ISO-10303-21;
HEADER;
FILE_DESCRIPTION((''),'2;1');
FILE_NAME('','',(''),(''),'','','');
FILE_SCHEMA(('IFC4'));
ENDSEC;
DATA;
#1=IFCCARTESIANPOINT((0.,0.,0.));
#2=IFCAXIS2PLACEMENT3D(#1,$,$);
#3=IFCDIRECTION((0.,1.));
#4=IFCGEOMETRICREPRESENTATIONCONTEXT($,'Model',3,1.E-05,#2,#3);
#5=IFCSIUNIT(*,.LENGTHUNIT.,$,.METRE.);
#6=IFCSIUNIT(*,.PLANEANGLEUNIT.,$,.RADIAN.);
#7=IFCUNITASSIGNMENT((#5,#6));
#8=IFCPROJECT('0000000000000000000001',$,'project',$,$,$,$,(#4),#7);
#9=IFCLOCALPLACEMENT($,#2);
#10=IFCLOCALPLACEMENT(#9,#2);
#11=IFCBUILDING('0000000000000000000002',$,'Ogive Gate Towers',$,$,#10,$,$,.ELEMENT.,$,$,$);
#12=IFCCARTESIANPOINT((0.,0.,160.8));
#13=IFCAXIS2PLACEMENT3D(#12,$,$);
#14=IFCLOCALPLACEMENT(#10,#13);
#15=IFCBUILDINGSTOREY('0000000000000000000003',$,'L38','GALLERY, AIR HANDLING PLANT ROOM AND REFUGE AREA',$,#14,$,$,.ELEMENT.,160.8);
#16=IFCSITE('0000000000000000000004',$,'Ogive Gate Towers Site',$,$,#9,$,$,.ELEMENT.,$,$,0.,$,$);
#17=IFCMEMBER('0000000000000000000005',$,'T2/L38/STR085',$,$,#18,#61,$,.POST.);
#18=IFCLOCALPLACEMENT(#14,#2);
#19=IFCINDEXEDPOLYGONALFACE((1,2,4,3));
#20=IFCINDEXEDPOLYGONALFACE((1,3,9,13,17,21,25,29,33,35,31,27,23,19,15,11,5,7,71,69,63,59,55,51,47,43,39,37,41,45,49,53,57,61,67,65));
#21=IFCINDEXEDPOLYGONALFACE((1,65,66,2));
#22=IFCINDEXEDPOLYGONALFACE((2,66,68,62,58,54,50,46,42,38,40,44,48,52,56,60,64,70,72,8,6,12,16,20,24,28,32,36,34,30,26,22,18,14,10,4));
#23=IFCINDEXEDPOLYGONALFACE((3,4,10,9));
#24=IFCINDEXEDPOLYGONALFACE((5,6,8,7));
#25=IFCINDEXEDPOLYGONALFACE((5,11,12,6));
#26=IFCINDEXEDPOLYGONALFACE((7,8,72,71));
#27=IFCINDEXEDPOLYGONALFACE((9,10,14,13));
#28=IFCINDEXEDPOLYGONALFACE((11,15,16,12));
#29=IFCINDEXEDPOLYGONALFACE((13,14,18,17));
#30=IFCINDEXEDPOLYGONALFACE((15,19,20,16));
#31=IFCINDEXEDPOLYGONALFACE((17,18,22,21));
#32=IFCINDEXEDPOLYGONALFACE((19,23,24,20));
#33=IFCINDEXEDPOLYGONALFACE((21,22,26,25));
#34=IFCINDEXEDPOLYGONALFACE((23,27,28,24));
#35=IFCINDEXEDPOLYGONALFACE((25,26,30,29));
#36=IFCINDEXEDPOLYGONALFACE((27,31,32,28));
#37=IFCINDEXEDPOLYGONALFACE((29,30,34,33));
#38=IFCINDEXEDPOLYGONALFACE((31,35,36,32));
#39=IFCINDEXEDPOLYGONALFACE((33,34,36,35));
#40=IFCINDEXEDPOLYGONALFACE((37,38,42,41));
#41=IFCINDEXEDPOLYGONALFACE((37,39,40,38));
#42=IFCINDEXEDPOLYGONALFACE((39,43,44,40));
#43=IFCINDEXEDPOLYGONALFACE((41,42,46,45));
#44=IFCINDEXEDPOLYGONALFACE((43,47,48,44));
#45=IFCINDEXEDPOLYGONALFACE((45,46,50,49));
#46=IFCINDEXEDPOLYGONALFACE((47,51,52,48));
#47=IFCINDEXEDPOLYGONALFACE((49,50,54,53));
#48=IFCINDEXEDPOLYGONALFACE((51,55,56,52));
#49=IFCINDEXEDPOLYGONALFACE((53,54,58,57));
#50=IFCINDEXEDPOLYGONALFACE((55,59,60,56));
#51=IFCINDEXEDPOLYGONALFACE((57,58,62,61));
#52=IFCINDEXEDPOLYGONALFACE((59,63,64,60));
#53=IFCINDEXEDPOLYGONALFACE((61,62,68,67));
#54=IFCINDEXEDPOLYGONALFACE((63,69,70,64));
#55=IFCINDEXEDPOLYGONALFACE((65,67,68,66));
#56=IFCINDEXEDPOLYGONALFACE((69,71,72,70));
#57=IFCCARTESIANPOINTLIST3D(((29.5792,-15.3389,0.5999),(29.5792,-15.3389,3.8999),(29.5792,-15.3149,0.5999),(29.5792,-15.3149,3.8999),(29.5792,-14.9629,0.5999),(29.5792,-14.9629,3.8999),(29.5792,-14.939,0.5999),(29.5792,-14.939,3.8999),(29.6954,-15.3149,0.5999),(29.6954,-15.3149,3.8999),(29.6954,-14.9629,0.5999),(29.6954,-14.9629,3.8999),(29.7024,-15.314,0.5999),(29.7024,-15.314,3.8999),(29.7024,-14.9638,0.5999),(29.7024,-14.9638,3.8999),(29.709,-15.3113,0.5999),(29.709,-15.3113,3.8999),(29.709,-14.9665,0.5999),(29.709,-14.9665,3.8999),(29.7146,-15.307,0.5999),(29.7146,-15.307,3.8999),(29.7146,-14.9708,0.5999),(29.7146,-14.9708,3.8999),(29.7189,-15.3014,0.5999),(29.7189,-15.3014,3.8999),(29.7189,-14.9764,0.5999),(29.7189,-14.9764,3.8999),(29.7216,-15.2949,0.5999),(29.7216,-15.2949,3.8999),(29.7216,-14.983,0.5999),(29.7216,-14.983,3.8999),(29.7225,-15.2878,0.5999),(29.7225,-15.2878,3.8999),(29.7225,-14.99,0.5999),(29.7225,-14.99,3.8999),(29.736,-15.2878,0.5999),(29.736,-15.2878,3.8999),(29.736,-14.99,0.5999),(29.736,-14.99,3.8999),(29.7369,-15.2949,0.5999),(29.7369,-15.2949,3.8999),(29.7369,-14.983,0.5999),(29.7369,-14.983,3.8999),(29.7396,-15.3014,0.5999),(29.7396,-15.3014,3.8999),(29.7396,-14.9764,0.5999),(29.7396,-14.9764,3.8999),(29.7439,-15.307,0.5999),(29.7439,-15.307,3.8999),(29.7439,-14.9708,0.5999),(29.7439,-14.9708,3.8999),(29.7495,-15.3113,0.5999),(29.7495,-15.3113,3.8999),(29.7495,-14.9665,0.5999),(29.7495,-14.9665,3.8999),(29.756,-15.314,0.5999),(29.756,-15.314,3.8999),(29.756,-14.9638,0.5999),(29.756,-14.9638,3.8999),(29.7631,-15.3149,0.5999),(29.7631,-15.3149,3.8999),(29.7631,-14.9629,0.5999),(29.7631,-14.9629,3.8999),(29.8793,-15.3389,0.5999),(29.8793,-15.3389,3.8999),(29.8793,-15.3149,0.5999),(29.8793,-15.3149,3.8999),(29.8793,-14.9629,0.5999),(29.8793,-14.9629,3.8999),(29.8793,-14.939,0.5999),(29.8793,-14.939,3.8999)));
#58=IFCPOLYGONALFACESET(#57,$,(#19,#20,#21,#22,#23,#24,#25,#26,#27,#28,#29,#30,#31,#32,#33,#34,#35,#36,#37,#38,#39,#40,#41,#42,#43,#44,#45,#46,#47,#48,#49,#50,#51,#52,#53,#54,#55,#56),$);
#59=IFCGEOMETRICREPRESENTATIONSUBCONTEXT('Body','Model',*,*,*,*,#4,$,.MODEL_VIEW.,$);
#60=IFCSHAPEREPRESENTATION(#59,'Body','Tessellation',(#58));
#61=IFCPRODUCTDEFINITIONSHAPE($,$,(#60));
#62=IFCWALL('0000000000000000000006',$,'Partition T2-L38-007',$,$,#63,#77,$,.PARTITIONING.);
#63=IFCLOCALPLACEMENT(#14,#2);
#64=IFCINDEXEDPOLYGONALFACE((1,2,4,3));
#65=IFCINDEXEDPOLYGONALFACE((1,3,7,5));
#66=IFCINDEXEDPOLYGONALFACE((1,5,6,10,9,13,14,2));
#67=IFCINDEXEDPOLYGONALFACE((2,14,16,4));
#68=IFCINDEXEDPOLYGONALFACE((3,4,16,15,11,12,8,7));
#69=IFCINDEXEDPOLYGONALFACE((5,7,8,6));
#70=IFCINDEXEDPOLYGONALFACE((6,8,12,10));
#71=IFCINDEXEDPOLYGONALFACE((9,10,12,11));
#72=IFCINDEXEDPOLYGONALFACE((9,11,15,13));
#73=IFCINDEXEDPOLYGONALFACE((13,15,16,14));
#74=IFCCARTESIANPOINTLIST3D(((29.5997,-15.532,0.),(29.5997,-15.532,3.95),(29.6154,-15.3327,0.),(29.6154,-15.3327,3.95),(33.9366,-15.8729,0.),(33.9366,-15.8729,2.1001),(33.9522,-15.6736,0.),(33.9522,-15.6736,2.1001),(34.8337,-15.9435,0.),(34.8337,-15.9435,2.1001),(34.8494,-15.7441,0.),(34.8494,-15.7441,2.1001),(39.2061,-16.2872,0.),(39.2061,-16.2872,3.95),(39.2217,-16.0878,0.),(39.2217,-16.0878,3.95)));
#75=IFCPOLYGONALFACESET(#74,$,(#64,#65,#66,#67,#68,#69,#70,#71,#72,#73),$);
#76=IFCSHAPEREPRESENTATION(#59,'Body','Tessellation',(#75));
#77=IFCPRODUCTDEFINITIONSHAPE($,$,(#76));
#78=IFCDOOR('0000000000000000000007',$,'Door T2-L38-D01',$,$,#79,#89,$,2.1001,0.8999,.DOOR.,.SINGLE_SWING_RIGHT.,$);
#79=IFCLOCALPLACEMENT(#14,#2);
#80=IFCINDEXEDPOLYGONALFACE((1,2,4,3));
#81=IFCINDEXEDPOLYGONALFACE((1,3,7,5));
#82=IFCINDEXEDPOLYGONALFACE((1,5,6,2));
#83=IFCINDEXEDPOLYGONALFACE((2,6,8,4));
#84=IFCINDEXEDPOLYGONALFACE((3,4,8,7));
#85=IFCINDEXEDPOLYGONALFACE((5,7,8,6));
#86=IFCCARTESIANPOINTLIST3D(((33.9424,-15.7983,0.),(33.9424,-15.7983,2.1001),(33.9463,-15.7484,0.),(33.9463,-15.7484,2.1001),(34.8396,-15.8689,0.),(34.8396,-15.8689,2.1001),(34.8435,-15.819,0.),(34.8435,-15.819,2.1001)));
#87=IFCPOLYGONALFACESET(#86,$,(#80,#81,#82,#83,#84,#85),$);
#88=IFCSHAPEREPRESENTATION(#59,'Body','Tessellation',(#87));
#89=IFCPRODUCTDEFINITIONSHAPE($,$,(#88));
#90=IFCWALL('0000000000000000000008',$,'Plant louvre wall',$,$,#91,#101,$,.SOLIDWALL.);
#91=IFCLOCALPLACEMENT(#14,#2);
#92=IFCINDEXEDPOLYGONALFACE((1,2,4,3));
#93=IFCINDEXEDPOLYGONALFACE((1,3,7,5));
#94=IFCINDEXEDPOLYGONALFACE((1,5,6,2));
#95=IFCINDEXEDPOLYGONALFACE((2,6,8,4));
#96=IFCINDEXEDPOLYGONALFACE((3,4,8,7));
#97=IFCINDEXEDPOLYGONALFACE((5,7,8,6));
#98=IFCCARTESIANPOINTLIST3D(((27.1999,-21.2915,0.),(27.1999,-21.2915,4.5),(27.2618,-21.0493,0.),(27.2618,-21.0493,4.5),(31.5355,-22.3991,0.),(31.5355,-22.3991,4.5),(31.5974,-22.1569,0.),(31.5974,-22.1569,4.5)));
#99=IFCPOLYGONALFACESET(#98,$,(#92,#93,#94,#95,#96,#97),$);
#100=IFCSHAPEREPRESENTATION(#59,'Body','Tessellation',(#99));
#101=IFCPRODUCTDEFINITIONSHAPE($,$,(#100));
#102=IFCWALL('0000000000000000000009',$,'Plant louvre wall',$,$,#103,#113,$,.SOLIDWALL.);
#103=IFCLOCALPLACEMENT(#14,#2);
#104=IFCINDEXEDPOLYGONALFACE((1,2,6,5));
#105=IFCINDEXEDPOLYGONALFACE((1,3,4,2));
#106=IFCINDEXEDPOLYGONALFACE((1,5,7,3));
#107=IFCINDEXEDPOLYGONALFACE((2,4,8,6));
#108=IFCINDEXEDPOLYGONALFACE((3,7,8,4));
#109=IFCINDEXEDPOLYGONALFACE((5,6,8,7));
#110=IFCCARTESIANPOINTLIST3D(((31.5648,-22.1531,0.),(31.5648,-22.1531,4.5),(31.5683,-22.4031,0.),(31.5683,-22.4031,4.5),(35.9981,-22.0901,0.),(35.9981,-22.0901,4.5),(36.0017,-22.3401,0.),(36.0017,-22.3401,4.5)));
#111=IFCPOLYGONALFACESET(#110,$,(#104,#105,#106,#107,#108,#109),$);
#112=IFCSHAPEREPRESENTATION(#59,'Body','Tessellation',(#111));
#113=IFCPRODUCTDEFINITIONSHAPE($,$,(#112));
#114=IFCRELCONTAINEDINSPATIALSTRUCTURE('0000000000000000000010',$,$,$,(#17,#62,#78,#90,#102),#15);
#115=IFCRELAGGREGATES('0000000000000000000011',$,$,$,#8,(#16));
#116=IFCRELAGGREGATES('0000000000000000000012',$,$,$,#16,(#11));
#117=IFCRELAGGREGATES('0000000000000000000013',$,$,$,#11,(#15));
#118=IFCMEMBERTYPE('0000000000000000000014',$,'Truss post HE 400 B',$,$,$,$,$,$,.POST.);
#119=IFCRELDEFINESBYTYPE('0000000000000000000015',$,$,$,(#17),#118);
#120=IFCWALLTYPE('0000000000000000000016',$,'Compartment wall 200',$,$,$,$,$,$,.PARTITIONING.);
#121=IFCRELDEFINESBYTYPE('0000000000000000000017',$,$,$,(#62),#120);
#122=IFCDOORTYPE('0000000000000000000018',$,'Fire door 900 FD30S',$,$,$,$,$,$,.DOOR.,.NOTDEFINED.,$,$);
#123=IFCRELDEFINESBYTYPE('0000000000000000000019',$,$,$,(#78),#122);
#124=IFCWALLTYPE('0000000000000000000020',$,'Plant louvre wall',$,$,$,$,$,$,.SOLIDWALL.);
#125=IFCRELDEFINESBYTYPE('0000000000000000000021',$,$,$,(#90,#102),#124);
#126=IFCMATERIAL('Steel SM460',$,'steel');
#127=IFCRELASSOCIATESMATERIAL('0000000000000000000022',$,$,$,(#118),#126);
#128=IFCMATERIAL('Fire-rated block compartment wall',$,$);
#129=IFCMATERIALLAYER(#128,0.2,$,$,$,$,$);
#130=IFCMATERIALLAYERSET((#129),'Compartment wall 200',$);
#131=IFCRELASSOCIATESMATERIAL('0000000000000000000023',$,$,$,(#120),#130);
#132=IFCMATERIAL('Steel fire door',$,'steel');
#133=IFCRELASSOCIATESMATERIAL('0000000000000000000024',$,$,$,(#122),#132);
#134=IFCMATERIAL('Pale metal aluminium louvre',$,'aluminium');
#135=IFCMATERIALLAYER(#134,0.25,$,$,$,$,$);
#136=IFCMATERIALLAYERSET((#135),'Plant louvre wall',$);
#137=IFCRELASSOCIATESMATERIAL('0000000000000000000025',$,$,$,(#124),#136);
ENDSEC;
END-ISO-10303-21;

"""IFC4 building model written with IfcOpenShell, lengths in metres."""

from ifc_helpers import new_model, si_unit, direction, frame, frame_2d, origin, origin_2d, place, context, subcontext, project, spatial, rectangle, i_section, extrude, material, layer, layer_set, material_profile, profile_set, type_object, element, fill, save


model = new_model("IFC4")

# Units and contexts
model_context = context("Model", 3, precision=1e-05, world=origin(), true_north=direction((0.0, 1.0)))
body_context = subcontext(model_context, "Body", "Model", "MODEL_VIEW")
ifc_project = project(units=[si_unit("LENGTHUNIT", "METRE"), si_unit("PLANEANGLEUNIT", "RADIAN")], contexts=[model_context])

# Site, building, storey
site_placement = place(None, origin())
site = spatial("IfcSite", under=ifc_project, at=site_placement, Name="Ogive Gate Towers Site", CompositionType="ELEMENT", RefElevation=0.0)
building_placement = place(site_placement, origin())
building = spatial("IfcBuilding", under=site, at=building_placement, Name="Ogive Gate Towers", CompositionType="ELEMENT")
storey_placement = place(building_placement, frame((0.0, 0.0, 160.8)))
storey = spatial("IfcBuildingStorey", under=building, at=storey_placement, Name="L38", Description="GALLERY, AIR HANDLING PLANT ROOM AND REFUGE AREA", CompositionType="ELEMENT", Elevation=160.8)

# Shared definitions
ifc_material_1 = material(Name="Steel SM460", Category="steel")

# Member
ifc_material_profile_1 = material_profile(ifc_material_1, i_section(OverallWidth=0.3, OverallDepth=0.3999, WebThickness=0.0134, FlangeThickness=0.0239, FilletRadius=0.0271, at=origin_2d()), Name="HE 400 B")
ifc_profile_set_1 = profile_set([ifc_material_profile_1], Name="Steel SM460")
member_type_1 = type_object("IfcMemberType", Name="Truss post HE 400 B", PredefinedType="POST", material=ifc_profile_set_1)
member_1_placement = place(storey_placement, frame((29.7292, -15.1389, 0.5999), z_axis=(0.0, 0.0, 1.0), x_axis=(1.0, 0.0, 0.0)))
element("IfcMember", 1, at=member_1_placement, inside=storey, type_object=member_type_1, Name="T2/L38/STR085", PredefinedType="POST", context=body_context, shape_type="SweptSolid", body=[
    extrude(i_section(OverallWidth=0.3, OverallDepth=0.3999, WebThickness=0.0134, FlangeThickness=0.0239, FilletRadius=0.0271, at=origin_2d()), origin(), (0.0, 0.0, 1.0), 3.3),
])

# Wall, opening, door
ifc_material_2 = material(Name="Fire-rated block compartment wall")
ifc_layer_1 = layer(ifc_material_2, 0.2)
ifc_layer_set_1 = layer_set([ifc_layer_1], Name="Compartment wall 200")
wall_type_1 = type_object("IfcWallType", Name="Compartment wall 200", PredefinedType="PARTITIONING", material=ifc_layer_set_1)
wall_1_placement = place(storey_placement, frame((29.6077, -15.4324, 0.0), z_axis=(0.0, 0.0, 1.0), x_axis=(0.996925, -0.078365, 0.0)))
wall_1 = element("IfcWall", 2, at=wall_1_placement, inside=storey, type_object=wall_type_1, Name="Partition T2-L38-007", PredefinedType="PARTITIONING", context=body_context, shape_type="SweptSolid", body=[
    extrude(rectangle(XDim=9.636, YDim=0.2, at=frame_2d((4.8179, 0.0))), origin(), (0.0, 0.0, 1.0), 3.95),
])
opening_placement = place(wall_1_placement, frame((4.3501, 0.0, 0.0)))
opening = element("IfcOpeningElement", 3, at=opening_placement, cuts=wall_1, PredefinedType="OPENING", context=body_context, shape_type="SweptSolid", body=[
    extrude(rectangle(XDim=0.8999, YDim=2.1001, at=frame_2d((0.45, 1.05))), frame((0.0, 0.1099, 0.0), z_axis=(0.0, -1.0, 0.0), x_axis=(1.0, 0.0, 0.0)), (0.0, 0.0, 1.0), 0.22),
])
ifc_material_3 = material(Name="Steel fire door", Category="steel")
door_type = type_object("IfcDoorType", Name="Fire door 900 FD30S", OperationType="NOTDEFINED", PredefinedType="DOOR", material=ifc_material_3)
door_placement = place(opening_placement, origin())
door = element("IfcDoor", 4, at=door_placement, inside=storey, type_object=door_type, Name="Door T2-L38-D01", OperationType="SINGLE_SWING_RIGHT", OverallHeight=2.1001, OverallWidth=0.8999, PredefinedType="DOOR", context=body_context, shape_type="SweptSolid", body=[
    extrude(rectangle(XDim=0.8999, YDim=2.1001, at=frame_2d((0.45, 1.05))), frame((0.0, 0.0249, 0.0), z_axis=(0.0, -1.0, 0.0), x_axis=(1.0, 0.0, 0.0)), (0.0, 0.0, 1.0), 0.05),
])
fill(opening, door)

# Walls
ifc_material_4 = material(Name="Pale metal aluminium louvre", Category="aluminium")
ifc_layer_2 = layer(ifc_material_4, 0.25)
ifc_layer_set_2 = layer_set([ifc_layer_2], Name="Plant louvre wall")
wall_type_2 = type_object("IfcWallType", Name="Plant louvre wall", PredefinedType="SOLIDWALL", material=ifc_layer_set_2)
wall_2_placement = place(storey_placement, frame((27.231, -21.1704, 0.0), z_axis=(0.0, 0.0, 1.0), x_axis=(0.968881, -0.247526, 0.0)))
element("IfcWall", 5, at=wall_2_placement, inside=storey, type_object=wall_type_2, Name="Plant louvre wall", PredefinedType="SOLIDWALL", context=body_context, shape_type="SweptSolid", body=[
    extrude(rectangle(XDim=4.4749, YDim=0.25, at=frame_2d((2.2373, 0.0))), origin(), (0.0, 0.0, 1.0), 4.5),
])
wall_3_placement = place(storey_placement, frame((31.5667, -22.2781, 0.0), z_axis=(0.0, 0.0, 1.0), x_axis=(0.999899, 0.014206, 0.0)))
element("IfcWall", 6, at=wall_3_placement, inside=storey, type_object=wall_type_2, Name="Plant louvre wall", PredefinedType="SOLIDWALL", context=body_context, shape_type="SweptSolid", body=[
    extrude(rectangle(XDim=4.4338, YDim=0.25, at=frame_2d((2.2168, 0.0))), origin(), (0.0, 0.0, 1.0), 4.5),
])

save(model, "model.ifc")
